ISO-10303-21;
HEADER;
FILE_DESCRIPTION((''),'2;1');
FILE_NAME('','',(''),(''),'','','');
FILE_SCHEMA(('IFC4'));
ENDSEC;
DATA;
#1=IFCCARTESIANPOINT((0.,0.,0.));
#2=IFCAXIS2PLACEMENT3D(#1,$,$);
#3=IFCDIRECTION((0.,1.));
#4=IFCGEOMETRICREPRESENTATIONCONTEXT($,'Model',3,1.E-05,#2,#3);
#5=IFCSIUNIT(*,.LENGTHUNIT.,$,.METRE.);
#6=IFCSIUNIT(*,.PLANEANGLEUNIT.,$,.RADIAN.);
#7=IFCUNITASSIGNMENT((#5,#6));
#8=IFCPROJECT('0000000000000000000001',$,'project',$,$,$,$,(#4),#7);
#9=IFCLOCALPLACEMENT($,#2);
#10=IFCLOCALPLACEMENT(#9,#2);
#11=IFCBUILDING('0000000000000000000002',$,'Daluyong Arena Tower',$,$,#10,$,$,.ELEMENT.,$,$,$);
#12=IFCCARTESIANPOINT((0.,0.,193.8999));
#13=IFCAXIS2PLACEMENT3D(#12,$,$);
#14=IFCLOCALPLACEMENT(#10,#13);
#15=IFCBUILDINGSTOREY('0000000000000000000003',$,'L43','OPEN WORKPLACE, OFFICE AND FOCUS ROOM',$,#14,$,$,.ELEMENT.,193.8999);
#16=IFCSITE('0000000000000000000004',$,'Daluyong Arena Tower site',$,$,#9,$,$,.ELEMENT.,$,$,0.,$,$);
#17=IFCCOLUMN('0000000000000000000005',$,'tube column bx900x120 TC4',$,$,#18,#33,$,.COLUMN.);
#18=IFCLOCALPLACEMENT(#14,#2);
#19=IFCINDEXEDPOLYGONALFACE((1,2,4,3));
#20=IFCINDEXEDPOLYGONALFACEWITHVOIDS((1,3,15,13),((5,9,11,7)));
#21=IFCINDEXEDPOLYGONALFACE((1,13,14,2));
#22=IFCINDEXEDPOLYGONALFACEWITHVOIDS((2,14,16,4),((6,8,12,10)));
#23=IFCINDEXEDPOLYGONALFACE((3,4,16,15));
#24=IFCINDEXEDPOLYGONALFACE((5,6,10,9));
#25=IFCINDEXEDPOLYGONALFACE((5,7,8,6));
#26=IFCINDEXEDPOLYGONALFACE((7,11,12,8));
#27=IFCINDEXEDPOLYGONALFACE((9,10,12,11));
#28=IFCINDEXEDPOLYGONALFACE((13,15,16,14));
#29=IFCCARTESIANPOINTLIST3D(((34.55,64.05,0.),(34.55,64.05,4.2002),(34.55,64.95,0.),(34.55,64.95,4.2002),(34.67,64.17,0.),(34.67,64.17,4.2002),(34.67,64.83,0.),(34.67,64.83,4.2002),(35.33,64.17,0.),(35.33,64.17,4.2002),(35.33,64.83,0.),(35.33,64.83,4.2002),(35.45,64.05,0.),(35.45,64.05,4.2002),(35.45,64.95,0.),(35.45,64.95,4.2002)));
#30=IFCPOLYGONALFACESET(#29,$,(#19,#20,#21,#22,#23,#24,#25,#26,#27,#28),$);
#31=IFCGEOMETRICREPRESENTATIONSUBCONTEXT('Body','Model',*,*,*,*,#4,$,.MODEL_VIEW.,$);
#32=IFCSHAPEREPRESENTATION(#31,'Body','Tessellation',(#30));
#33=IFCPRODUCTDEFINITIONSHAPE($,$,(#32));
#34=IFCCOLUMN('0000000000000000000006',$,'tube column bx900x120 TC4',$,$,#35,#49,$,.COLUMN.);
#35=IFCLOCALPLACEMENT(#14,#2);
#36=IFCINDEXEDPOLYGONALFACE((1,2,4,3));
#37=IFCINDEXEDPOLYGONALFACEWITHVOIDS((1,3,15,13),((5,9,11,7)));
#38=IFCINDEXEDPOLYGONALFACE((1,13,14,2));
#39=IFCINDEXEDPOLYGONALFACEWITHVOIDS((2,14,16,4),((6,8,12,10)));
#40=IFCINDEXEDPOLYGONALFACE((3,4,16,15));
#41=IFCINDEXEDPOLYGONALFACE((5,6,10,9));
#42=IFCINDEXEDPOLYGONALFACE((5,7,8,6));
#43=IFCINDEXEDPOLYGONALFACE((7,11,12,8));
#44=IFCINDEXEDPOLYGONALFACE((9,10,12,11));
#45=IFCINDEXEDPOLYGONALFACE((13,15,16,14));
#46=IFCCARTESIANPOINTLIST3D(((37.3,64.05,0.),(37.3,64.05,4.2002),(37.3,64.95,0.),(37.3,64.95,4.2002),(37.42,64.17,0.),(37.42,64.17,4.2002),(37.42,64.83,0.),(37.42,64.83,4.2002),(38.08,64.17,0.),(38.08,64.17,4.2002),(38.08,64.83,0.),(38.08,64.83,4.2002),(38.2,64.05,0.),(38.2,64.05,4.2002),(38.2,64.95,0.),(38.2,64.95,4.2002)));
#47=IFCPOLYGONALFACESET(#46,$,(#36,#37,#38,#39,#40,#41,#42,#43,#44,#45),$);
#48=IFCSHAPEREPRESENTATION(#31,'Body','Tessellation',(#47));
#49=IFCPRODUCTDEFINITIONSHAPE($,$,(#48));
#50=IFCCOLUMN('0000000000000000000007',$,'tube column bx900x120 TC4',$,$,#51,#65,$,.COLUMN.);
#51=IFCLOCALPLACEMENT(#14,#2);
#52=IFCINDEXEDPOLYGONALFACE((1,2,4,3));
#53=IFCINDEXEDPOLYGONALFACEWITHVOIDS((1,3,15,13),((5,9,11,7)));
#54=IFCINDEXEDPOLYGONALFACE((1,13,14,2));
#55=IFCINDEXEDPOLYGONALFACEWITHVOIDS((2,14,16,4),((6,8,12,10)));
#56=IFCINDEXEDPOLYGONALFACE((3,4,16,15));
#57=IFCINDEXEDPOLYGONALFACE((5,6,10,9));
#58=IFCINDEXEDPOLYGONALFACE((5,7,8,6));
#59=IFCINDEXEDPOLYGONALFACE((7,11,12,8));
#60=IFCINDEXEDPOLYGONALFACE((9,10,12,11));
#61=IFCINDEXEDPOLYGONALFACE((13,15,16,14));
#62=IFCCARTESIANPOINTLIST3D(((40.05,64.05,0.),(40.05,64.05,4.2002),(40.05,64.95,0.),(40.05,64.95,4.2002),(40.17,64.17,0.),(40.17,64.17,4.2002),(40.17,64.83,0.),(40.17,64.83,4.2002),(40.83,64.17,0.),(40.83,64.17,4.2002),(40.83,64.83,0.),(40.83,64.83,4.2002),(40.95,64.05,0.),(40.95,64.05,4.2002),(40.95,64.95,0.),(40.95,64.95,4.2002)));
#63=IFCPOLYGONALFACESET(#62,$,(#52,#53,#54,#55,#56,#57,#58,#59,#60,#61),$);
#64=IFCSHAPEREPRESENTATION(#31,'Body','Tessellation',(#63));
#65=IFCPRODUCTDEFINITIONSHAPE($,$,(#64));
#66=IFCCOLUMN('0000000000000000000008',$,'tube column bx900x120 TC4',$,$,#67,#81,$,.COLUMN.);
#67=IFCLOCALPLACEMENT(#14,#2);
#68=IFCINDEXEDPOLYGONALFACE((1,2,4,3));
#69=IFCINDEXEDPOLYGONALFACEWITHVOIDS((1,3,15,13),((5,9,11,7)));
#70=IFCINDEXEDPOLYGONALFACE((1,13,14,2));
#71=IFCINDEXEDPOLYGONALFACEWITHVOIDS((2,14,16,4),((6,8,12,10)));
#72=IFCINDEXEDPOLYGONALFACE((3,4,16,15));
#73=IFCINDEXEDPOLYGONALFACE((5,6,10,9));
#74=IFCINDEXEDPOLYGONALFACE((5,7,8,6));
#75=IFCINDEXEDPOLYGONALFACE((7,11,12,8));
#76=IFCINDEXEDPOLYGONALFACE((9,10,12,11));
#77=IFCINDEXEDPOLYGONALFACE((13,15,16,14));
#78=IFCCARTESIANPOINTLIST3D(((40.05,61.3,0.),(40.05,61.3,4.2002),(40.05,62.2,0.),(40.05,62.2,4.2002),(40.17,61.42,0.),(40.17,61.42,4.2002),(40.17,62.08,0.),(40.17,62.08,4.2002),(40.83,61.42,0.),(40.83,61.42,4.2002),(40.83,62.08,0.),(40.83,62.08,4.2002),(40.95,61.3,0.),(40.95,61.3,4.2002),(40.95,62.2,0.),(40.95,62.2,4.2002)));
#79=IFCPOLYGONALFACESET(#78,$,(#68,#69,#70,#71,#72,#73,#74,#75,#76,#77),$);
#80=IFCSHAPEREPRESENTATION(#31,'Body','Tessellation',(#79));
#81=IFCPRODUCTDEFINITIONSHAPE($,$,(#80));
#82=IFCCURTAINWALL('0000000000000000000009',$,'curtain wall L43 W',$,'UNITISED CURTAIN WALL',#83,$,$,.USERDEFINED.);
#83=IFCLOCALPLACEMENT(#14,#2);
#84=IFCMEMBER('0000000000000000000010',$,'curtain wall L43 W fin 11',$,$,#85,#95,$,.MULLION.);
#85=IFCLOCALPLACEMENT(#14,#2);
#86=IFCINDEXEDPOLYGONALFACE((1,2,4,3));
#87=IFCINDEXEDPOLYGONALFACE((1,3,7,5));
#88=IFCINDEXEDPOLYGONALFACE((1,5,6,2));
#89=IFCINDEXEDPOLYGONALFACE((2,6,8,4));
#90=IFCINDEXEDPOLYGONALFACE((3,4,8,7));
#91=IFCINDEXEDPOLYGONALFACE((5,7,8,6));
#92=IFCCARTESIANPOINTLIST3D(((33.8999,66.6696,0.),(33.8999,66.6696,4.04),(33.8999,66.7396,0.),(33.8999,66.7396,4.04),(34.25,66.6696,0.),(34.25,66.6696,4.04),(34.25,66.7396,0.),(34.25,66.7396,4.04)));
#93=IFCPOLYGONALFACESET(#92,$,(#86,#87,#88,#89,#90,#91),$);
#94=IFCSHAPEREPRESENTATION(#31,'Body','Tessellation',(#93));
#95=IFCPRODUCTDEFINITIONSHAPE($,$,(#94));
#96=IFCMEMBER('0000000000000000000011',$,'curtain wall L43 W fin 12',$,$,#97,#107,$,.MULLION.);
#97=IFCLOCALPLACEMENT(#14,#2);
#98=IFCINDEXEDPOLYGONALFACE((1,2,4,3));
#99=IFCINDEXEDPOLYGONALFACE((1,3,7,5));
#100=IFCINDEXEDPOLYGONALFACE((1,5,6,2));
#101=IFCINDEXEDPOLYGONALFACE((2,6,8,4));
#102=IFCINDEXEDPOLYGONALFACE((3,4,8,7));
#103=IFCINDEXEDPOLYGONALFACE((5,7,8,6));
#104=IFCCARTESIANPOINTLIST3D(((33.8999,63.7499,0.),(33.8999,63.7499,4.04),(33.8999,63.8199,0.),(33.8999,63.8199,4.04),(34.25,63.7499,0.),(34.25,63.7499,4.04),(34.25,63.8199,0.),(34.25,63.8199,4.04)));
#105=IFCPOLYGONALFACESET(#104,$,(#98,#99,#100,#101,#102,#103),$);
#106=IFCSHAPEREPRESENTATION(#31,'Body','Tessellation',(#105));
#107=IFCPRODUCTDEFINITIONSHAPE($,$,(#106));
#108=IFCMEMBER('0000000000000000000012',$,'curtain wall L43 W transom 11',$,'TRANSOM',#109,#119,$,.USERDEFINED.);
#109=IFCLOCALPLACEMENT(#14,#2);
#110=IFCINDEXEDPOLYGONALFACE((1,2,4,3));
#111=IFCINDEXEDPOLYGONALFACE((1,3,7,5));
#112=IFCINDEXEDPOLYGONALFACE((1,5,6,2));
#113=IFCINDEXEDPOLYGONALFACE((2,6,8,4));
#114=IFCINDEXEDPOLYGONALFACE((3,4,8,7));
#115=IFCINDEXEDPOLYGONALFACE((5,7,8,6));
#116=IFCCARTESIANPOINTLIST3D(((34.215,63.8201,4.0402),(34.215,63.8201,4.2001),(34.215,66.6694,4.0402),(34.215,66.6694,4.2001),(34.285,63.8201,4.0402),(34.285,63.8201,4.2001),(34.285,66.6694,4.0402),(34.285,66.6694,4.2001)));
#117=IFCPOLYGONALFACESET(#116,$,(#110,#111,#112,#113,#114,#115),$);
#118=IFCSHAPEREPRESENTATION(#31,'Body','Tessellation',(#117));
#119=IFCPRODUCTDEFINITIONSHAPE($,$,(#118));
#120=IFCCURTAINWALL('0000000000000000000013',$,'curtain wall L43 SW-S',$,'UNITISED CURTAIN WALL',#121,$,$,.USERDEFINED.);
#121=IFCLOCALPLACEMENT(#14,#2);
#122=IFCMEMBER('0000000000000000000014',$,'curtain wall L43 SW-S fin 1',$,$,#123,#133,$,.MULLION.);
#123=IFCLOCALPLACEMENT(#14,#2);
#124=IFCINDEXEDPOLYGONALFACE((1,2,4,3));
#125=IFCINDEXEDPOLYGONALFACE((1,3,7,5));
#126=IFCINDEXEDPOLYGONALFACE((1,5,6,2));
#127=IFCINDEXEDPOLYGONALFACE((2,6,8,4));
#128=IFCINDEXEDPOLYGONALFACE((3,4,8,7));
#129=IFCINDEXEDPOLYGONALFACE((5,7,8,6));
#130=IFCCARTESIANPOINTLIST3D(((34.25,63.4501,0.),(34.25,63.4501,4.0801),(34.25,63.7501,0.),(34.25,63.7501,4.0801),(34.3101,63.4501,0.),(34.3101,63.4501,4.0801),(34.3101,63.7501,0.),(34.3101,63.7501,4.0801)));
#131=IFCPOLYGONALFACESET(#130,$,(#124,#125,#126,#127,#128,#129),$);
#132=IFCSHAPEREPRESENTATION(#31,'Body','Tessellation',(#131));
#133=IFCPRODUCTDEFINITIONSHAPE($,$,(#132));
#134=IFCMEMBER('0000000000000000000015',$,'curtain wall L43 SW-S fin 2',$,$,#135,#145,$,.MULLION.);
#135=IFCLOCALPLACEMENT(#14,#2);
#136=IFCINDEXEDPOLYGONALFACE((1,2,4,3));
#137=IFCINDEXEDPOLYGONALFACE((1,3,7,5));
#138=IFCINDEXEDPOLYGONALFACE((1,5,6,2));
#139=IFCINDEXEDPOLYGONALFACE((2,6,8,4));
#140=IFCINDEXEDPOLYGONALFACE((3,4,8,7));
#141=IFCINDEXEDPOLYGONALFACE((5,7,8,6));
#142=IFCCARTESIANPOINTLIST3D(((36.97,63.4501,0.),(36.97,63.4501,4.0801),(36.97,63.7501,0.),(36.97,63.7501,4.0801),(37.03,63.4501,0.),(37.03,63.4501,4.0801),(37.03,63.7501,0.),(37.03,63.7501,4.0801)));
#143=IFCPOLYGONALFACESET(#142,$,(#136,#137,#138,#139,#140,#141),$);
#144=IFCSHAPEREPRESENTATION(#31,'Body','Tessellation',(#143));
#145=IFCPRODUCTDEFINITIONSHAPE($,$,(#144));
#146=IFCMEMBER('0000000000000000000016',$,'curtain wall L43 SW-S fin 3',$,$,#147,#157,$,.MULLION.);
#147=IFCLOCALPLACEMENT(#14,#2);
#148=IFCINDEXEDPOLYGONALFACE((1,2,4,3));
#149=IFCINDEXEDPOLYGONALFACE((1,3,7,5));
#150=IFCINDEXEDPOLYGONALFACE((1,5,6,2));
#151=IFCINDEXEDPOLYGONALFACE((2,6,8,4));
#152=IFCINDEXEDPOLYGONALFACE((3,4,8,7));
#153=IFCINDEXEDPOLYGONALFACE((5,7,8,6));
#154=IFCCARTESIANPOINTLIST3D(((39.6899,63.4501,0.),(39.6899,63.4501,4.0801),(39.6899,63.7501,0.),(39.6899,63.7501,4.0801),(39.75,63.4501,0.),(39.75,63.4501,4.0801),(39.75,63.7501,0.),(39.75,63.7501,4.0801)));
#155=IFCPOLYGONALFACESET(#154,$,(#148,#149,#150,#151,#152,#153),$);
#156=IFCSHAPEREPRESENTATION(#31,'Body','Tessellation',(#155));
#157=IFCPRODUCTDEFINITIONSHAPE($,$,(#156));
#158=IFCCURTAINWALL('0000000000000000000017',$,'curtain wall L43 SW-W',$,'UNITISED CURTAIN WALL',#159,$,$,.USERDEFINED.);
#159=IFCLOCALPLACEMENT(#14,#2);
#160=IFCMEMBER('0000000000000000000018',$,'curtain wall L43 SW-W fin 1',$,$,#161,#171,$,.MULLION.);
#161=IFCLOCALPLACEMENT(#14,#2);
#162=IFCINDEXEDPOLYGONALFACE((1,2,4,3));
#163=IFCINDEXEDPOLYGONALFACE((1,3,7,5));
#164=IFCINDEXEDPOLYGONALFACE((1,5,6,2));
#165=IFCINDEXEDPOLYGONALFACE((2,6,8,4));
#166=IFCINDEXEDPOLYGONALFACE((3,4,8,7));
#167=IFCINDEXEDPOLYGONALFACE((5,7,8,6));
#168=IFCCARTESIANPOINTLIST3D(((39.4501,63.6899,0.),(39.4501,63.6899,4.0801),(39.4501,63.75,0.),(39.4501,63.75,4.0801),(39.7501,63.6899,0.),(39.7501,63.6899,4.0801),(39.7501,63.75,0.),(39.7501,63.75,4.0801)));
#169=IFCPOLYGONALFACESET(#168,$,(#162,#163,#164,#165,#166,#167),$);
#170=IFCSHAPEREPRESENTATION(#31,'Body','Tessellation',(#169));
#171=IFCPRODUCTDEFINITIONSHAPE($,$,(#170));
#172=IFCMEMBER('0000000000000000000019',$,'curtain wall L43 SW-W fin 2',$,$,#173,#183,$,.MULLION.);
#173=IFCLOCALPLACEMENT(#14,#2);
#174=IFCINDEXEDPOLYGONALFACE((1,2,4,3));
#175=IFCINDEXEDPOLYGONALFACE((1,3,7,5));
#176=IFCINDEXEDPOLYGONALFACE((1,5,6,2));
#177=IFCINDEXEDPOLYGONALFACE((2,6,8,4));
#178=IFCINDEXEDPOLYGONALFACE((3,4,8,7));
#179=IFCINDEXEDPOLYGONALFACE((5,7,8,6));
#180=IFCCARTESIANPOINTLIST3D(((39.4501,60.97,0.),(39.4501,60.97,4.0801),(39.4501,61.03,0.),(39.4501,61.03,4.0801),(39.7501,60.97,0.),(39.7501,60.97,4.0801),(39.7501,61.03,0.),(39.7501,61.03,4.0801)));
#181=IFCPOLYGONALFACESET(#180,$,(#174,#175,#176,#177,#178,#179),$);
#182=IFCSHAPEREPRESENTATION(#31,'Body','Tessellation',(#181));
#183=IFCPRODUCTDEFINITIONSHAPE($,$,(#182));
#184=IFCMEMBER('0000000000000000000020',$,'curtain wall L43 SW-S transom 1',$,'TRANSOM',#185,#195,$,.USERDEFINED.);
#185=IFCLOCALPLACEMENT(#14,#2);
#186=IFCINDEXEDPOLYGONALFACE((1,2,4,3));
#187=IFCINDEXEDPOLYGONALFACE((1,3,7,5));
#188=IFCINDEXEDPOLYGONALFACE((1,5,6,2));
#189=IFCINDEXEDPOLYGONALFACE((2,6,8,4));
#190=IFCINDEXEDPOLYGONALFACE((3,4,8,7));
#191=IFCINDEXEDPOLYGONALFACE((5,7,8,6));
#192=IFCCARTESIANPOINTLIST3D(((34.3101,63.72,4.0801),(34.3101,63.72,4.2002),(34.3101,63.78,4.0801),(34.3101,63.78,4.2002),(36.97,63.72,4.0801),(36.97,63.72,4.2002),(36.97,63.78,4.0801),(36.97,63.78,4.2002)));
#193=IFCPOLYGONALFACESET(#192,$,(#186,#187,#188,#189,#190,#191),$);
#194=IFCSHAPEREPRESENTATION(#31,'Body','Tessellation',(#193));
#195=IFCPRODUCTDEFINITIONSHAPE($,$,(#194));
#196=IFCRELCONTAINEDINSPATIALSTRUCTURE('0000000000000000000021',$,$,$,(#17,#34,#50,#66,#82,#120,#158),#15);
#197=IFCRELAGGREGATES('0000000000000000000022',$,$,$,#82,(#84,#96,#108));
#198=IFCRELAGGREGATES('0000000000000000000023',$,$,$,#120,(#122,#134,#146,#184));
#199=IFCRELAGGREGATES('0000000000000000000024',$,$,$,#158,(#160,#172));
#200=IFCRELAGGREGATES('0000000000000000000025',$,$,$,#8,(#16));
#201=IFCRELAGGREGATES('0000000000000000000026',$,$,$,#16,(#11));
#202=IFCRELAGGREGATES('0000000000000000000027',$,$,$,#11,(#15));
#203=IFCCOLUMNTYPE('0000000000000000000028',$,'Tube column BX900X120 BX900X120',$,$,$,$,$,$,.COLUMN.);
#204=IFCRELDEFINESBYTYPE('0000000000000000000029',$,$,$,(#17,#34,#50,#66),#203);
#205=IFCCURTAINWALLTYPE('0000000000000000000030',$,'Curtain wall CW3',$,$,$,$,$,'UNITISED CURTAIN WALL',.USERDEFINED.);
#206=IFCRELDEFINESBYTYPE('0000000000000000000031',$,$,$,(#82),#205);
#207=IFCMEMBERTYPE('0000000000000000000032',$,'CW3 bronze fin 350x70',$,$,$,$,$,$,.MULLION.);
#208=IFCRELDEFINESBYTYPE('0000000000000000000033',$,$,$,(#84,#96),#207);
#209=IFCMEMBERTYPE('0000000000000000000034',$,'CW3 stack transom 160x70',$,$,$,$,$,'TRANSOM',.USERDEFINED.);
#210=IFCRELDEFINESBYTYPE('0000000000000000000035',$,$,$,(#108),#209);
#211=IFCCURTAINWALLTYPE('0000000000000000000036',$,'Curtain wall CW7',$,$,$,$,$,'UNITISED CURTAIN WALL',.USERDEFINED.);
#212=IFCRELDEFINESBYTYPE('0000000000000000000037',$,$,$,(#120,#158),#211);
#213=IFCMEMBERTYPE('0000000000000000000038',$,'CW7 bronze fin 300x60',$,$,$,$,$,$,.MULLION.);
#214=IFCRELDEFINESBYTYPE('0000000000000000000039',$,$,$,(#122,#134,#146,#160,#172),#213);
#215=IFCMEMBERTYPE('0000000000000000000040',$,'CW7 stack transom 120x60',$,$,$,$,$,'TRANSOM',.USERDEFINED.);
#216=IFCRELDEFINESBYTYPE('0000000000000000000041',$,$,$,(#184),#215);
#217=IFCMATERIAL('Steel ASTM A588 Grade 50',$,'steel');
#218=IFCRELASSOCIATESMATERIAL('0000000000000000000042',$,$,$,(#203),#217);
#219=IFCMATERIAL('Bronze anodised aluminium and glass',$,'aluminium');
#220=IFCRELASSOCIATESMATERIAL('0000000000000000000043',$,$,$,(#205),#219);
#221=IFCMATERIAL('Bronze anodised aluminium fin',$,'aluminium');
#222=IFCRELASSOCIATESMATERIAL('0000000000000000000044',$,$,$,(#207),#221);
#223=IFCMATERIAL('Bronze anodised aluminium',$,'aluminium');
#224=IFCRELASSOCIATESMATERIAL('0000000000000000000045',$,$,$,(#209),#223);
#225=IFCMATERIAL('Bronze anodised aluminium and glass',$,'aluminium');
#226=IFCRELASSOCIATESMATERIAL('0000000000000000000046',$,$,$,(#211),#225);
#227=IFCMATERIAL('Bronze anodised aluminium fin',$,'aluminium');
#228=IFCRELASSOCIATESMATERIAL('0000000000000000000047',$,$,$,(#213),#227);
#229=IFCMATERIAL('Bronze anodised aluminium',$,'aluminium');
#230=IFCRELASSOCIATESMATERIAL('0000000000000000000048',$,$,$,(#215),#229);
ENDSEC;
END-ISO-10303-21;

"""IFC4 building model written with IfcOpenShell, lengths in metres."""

from ifc_helpers import new_model, si_unit, direction, frame, origin, origin_2d, place, context, subcontext, project, spatial, rectangle, hollow_rectangle, extrude, material, material_profile, profile_set, type_object, element, aggregate, save


model = new_model("IFC4")

# Units and contexts
model_context = context("Model", 3, precision=1e-05, world=origin(), true_north=direction((0.0, 1.0)))
body_context = subcontext(model_context, "Body", "Model", "MODEL_VIEW")
ifc_project = project(units=[si_unit("LENGTHUNIT", "METRE"), si_unit("PLANEANGLEUNIT", "RADIAN")], contexts=[model_context])

# Site, building, storey
site_placement = place(None, origin())
site = spatial("IfcSite", under=ifc_project, at=site_placement, Name="Daluyong Arena Tower site", CompositionType="ELEMENT", RefElevation=0.0)
building_placement = place(site_placement, origin())
building = spatial("IfcBuilding", under=site, at=building_placement, Name="Daluyong Arena Tower", CompositionType="ELEMENT")
storey_placement = place(building_placement, frame((0.0, 0.0, 193.8999)))
storey = spatial("IfcBuildingStorey", under=building, at=storey_placement, Name="L43", Description="OPEN WORKPLACE, OFFICE AND FOCUS ROOM", CompositionType="ELEMENT", Elevation=193.8999)

# Columns
ifc_material_1 = material(Name="Steel ASTM A588 Grade 50", Category="steel")
ifc_material_profile_1 = material_profile(ifc_material_1, hollow_rectangle(XDim=0.8999, YDim=0.8999, WallThickness=0.12, at=origin_2d()))
ifc_profile_set_1 = profile_set([ifc_material_profile_1], Name="Steel ASTM A588 Grade 50")
column_type = type_object("IfcColumnType", Name="Tube column BX900X120 BX900X120", PredefinedType="COLUMN", material=ifc_profile_set_1)
for number, where, z_axis, x_axis, name in (
    (1, (35.0, 64.5, 0.0), (0.0, 0.0, 1.0), (1.0, 0.0, 0.0), "tube column bx900x120 TC4"),
    (2, (37.75, 64.5, 0.0), (0.0, 0.0, 1.0), (1.0, 0.0, 0.0), "tube column bx900x120 TC4"),
    (3, (40.5, 64.5, 0.0), (0.0, 0.0, 1.0), (0.0, 1.0, 0.0), "tube column bx900x120 TC4"),
    (4, (40.5, 61.75, 0.0), (0.0, 0.0, 1.0), (0.0, 1.0, 0.0), "tube column bx900x120 TC4"),
):
    element("IfcColumn", number, at=place(storey_placement, frame(where, z_axis=z_axis, x_axis=x_axis)), inside=storey, type_object=column_type, Name=name, PredefinedType="COLUMN", context=body_context, shape_type="SweptSolid", body=[
        extrude(hollow_rectangle(XDim=0.8999, YDim=0.8999, WallThickness=0.12, at=origin_2d()), origin(), (0.0, 0.0, 1.0), 4.2002),
    ])

# Curtain walls, members
ifc_material_2 = material(Name="Bronze anodised aluminium and glass", Category="aluminium")
curtain_wall_type_1 = type_object("IfcCurtainWallType", Name="Curtain wall CW3", ElementType="UNITISED CURTAIN WALL", PredefinedType="USERDEFINED", material=ifc_material_2)
curtain_wall_1_placement = place(storey_placement, origin())
curtain_wall_1 = element("IfcCurtainWall", 5, at=curtain_wall_1_placement, inside=storey, type_object=curtain_wall_type_1, Name="curtain wall L43 W", ObjectType="UNITISED CURTAIN WALL", PredefinedType="USERDEFINED")
ifc_material_3 = material(Name="Bronze anodised aluminium fin", Category="aluminium")
ifc_material_profile_2 = material_profile(ifc_material_3, rectangle(XDim=0.3501, YDim=0.0701, at=origin_2d()))
ifc_profile_set_2 = profile_set([ifc_material_profile_2], Name="Bronze anodised aluminium fin")
member_type_1 = type_object("IfcMemberType", Name="CW3 bronze fin 350x70", PredefinedType="MULLION", material=ifc_profile_set_2)
member_1_placement = place(storey_placement, frame((34.075, 66.7046, 0.0), z_axis=(0.0, 0.0, 1.0), x_axis=(1.0, 0.0, 0.0)))
member_1 = element("IfcMember", 6, at=member_1_placement, type_object=member_type_1, Name="curtain wall L43 W fin 11", PredefinedType="MULLION", context=body_context, shape_type="SweptSolid", body=[
    extrude(rectangle(XDim=0.3501, YDim=0.0701, at=origin_2d()), origin(), (0.0, 0.0, 1.0), 4.04),
])
member_2_placement = place(storey_placement, frame((34.075, 63.7849, 0.0), z_axis=(0.0, 0.0, 1.0), x_axis=(1.0, 0.0, 0.0)))
member_2 = element("IfcMember", 7, at=member_2_placement, type_object=member_type_1, Name="curtain wall L43 W fin 12", PredefinedType="MULLION", context=body_context, shape_type="SweptSolid", body=[
    extrude(rectangle(XDim=0.3501, YDim=0.0701, at=origin_2d()), origin(), (0.0, 0.0, 1.0), 4.04),
])
ifc_material_4 = material(Name="Bronze anodised aluminium", Category="aluminium")
ifc_material_profile_3 = material_profile(ifc_material_4, rectangle(XDim=0.0701, YDim=0.1599, at=origin_2d()))
ifc_profile_set_3 = profile_set([ifc_material_profile_3], Name="Bronze anodised aluminium")
member_type_2 = type_object("IfcMemberType", Name="CW3 stack transom 160x70", ElementType="TRANSOM", PredefinedType="USERDEFINED", material=ifc_profile_set_3)
member_3_placement = place(storey_placement, frame((34.25, 66.6694, 4.1201), z_axis=(0.0, -1.0, 0.0), x_axis=(1.0, 0.0, 0.0)))
member_3 = element("IfcMember", 8, at=member_3_placement, type_object=member_type_2, Name="curtain wall L43 W transom 11", ObjectType="TRANSOM", PredefinedType="USERDEFINED", context=body_context, shape_type="SweptSolid", body=[
    extrude(rectangle(XDim=0.0701, YDim=0.1599, at=origin_2d()), origin(), (0.0, 0.0, 1.0), 2.8494),
])
ifc_material_5 = material(Name="Bronze anodised aluminium and glass", Category="aluminium")
curtain_wall_type_2 = type_object("IfcCurtainWallType", Name="Curtain wall CW7", ElementType="UNITISED CURTAIN WALL", PredefinedType="USERDEFINED", material=ifc_material_5)
curtain_wall_2_placement = place(storey_placement, origin())
curtain_wall_2 = element("IfcCurtainWall", 9, at=curtain_wall_2_placement, inside=storey, type_object=curtain_wall_type_2, Name="curtain wall L43 SW-S", ObjectType="UNITISED CURTAIN WALL", PredefinedType="USERDEFINED")
ifc_material_6 = material(Name="Bronze anodised aluminium fin", Category="aluminium")
ifc_material_profile_4 = material_profile(ifc_material_6, rectangle(XDim=0.3, YDim=0.0601, at=origin_2d()))
ifc_profile_set_4 = profile_set([ifc_material_profile_4], Name="Bronze anodised aluminium fin")
member_type_3 = type_object("IfcMemberType", Name="CW7 bronze fin 300x60", PredefinedType="MULLION", material=ifc_profile_set_4)
member_4_placement = place(storey_placement, frame((34.28, 63.6001, 0.0), z_axis=(0.0, 0.0, 1.0), x_axis=(0.0, 1.0, 0.0)))
member_4 = element("IfcMember", 10, at=member_4_placement, type_object=member_type_3, Name="curtain wall L43 SW-S fin 1", PredefinedType="MULLION", context=body_context, shape_type="SweptSolid", body=[
    extrude(rectangle(XDim=0.3, YDim=0.0601, at=origin_2d()), origin(), (0.0, 0.0, 1.0), 4.0801),
])
member_5_placement = place(storey_placement, frame((37.0, 63.6001, 0.0), z_axis=(0.0, 0.0, 1.0), x_axis=(0.0, 1.0, 0.0)))
member_5 = element("IfcMember", 11, at=member_5_placement, type_object=member_type_3, Name="curtain wall L43 SW-S fin 2", PredefinedType="MULLION", context=body_context, shape_type="SweptSolid", body=[
    extrude(rectangle(XDim=0.3, YDim=0.0601, at=origin_2d()), origin(), (0.0, 0.0, 1.0), 4.0801),
])
member_6_placement = place(storey_placement, frame((39.72, 63.6001, 0.0), z_axis=(0.0, 0.0, 1.0), x_axis=(0.0, 1.0, 0.0)))
member_6 = element("IfcMember", 12, at=member_6_placement, type_object=member_type_3, Name="curtain wall L43 SW-S fin 3", PredefinedType="MULLION", context=body_context, shape_type="SweptSolid", body=[
    extrude(rectangle(XDim=0.3, YDim=0.0601, at=origin_2d()), origin(), (0.0, 0.0, 1.0), 4.0801),
])
curtain_wall_3_placement = place(storey_placement, origin())
curtain_wall_3 = element("IfcCurtainWall", 13, at=curtain_wall_3_placement, inside=storey, type_object=curtain_wall_type_2, Name="curtain wall L43 SW-W", ObjectType="UNITISED CURTAIN WALL", PredefinedType="USERDEFINED")
member_7_placement = place(storey_placement, frame((39.6001, 63.72, 0.0), z_axis=(0.0, 0.0, 1.0), x_axis=(1.0, 0.0, 0.0)))
member_7 = element("IfcMember", 14, at=member_7_placement, type_object=member_type_3, Name="curtain wall L43 SW-W fin 1", PredefinedType="MULLION", context=body_context, shape_type="SweptSolid", body=[
    extrude(rectangle(XDim=0.3, YDim=0.0601, at=origin_2d()), origin(), (0.0, 0.0, 1.0), 4.0801),
])
member_8_placement = place(storey_placement, frame((39.6001, 61.0, 0.0), z_axis=(0.0, 0.0, 1.0), x_axis=(1.0, 0.0, 0.0)))
member_8 = element("IfcMember", 15, at=member_8_placement, type_object=member_type_3, Name="curtain wall L43 SW-W fin 2", PredefinedType="MULLION", context=body_context, shape_type="SweptSolid", body=[
    extrude(rectangle(XDim=0.3, YDim=0.0601, at=origin_2d()), origin(), (0.0, 0.0, 1.0), 4.0801),
])

# Member
ifc_material_7 = material(Name="Bronze anodised aluminium", Category="aluminium")
ifc_material_profile_5 = material_profile(ifc_material_7, rectangle(XDim=0.0601, YDim=0.1201, at=origin_2d()))
ifc_profile_set_5 = profile_set([ifc_material_profile_5], Name="Bronze anodised aluminium")
member_type_4 = type_object("IfcMemberType", Name="CW7 stack transom 120x60", ElementType="TRANSOM", PredefinedType="USERDEFINED", material=ifc_profile_set_5)
member_9_placement = place(storey_placement, frame((34.3101, 63.75, 4.1401), z_axis=(1.0, 0.0, 0.0), x_axis=(0.0, 1.0, 0.0)))
member_9 = element("IfcMember", 16, at=member_9_placement, type_object=member_type_4, Name="curtain wall L43 SW-S transom 1", ObjectType="TRANSOM", PredefinedType="USERDEFINED", context=body_context, shape_type="SweptSolid", body=[
    extrude(rectangle(XDim=0.0601, YDim=0.1201, at=origin_2d()), origin(), (0.0, 0.0, 1.0), 2.6599),
])

aggregate(curtain_wall_1, [member_1, member_2, member_3])
aggregate(curtain_wall_2, [member_4, member_5, member_6, member_9])
aggregate(curtain_wall_3, [member_7, member_8])

save(model, "model.ifc")
